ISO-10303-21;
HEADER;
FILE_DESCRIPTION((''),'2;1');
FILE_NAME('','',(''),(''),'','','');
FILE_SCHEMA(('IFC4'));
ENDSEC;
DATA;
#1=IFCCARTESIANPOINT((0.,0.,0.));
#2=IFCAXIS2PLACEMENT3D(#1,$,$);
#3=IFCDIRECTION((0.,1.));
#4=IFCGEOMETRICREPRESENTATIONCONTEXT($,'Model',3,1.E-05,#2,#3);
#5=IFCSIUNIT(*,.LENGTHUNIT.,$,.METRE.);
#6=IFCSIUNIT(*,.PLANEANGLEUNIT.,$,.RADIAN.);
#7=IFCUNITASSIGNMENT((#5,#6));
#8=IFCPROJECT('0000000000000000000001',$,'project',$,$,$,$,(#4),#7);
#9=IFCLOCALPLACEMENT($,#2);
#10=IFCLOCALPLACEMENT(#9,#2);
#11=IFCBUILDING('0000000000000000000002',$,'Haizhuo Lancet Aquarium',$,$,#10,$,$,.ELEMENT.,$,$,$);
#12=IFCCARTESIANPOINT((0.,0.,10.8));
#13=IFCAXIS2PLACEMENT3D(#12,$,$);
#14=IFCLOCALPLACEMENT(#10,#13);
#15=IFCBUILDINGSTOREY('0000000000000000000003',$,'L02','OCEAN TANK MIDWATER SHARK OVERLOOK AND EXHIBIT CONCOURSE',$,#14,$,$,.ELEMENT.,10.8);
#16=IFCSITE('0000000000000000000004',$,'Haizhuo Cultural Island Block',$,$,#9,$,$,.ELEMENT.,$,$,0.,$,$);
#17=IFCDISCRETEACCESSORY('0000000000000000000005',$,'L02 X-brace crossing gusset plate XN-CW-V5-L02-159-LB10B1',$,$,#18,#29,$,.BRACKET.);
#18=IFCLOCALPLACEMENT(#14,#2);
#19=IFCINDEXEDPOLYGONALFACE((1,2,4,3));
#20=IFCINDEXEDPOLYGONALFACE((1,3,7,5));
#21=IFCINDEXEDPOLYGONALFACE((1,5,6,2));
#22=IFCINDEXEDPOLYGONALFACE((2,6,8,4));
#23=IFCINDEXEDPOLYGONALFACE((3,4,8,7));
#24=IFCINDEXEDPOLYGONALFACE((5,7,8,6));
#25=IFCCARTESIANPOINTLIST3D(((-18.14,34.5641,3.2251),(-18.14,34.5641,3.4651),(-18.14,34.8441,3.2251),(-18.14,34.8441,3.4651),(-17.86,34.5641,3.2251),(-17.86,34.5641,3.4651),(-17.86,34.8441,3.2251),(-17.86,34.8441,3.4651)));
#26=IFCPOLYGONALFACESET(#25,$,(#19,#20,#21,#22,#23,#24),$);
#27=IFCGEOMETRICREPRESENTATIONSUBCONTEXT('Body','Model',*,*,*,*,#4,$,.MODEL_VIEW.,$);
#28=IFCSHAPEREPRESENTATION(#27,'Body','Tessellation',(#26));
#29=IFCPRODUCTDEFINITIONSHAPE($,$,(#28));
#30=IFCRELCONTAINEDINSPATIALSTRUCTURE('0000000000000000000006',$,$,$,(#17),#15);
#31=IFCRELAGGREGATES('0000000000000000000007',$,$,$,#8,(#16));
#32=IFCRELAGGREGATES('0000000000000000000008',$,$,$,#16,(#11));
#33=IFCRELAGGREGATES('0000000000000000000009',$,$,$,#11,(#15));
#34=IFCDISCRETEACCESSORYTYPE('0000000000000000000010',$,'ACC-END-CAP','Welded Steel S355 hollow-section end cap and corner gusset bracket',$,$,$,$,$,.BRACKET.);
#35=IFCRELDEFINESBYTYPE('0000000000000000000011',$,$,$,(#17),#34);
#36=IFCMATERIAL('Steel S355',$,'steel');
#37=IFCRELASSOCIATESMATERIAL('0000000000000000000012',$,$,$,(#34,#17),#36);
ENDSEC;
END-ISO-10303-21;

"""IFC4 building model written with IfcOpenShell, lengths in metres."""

from ifc_helpers import new_model, si_unit, direction, frame, origin, origin_2d, place, context, subcontext, project, spatial, rectangle, extrude, material, type_object, element, save


model = new_model("IFC4")

# Units and contexts
model_context = context("Model", 3, precision=1e-05, world=origin(), true_north=direction((0.0, 1.0)))
body_context = subcontext(model_context, "Body", "Model", "MODEL_VIEW")
ifc_project = project(units=[si_unit("LENGTHUNIT", "METRE"), si_unit("PLANEANGLEUNIT", "RADIAN")], contexts=[model_context])

# Site, building, storey
site_placement = place(None, origin())
site = spatial("IfcSite", under=ifc_project, at=site_placement, Name="Haizhuo Cultural Island Block", CompositionType="ELEMENT", RefElevation=0.0)
building_placement = place(site_placement, origin())
building = spatial("IfcBuilding", under=site, at=building_placement, Name="Haizhuo Lancet Aquarium", CompositionType="ELEMENT")
storey_placement = place(building_placement, frame((0.0, 0.0, 10.8)))
storey = spatial("IfcBuildingStorey", under=building, at=storey_placement, Name="L02", Description="OCEAN TANK MIDWATER SHARK OVERLOOK AND EXHIBIT CONCOURSE", CompositionType="ELEMENT", Elevation=10.8)

# Shared definitions
ifc_material_1 = material(Name="Steel S355", Category="steel")

# Discrete accessory
discrete_accessory_type = type_object("IfcDiscreteAccessoryType", Name="ACC-END-CAP", Description="Welded Steel S355 hollow-section end cap and corner gusset bracket", PredefinedType="BRACKET", material=ifc_material_1)
for number, where, z_axis, x_axis, name in (
    (1, (-18.0, 34.7041, 3.2251), (0.0, 0.0, 1.0), (1.0, 0.0, 0.0), "L02 X-brace crossing gusset plate XN-CW-V5-L02-159-LB10B1"),
):
    element("IfcDiscreteAccessory", number, at=place(storey_placement, frame(where, z_axis=z_axis, x_axis=x_axis)), inside=storey, type_object=discrete_accessory_type, material=ifc_material_1, Name=name, PredefinedType="BRACKET", context=body_context, shape_type="SweptSolid", body=[
        extrude(rectangle(XDim=0.28, YDim=0.28, at=origin_2d()), origin(), (0.0, 0.0, 1.0), 0.24),
    ])

save(model, "model.ifc")
